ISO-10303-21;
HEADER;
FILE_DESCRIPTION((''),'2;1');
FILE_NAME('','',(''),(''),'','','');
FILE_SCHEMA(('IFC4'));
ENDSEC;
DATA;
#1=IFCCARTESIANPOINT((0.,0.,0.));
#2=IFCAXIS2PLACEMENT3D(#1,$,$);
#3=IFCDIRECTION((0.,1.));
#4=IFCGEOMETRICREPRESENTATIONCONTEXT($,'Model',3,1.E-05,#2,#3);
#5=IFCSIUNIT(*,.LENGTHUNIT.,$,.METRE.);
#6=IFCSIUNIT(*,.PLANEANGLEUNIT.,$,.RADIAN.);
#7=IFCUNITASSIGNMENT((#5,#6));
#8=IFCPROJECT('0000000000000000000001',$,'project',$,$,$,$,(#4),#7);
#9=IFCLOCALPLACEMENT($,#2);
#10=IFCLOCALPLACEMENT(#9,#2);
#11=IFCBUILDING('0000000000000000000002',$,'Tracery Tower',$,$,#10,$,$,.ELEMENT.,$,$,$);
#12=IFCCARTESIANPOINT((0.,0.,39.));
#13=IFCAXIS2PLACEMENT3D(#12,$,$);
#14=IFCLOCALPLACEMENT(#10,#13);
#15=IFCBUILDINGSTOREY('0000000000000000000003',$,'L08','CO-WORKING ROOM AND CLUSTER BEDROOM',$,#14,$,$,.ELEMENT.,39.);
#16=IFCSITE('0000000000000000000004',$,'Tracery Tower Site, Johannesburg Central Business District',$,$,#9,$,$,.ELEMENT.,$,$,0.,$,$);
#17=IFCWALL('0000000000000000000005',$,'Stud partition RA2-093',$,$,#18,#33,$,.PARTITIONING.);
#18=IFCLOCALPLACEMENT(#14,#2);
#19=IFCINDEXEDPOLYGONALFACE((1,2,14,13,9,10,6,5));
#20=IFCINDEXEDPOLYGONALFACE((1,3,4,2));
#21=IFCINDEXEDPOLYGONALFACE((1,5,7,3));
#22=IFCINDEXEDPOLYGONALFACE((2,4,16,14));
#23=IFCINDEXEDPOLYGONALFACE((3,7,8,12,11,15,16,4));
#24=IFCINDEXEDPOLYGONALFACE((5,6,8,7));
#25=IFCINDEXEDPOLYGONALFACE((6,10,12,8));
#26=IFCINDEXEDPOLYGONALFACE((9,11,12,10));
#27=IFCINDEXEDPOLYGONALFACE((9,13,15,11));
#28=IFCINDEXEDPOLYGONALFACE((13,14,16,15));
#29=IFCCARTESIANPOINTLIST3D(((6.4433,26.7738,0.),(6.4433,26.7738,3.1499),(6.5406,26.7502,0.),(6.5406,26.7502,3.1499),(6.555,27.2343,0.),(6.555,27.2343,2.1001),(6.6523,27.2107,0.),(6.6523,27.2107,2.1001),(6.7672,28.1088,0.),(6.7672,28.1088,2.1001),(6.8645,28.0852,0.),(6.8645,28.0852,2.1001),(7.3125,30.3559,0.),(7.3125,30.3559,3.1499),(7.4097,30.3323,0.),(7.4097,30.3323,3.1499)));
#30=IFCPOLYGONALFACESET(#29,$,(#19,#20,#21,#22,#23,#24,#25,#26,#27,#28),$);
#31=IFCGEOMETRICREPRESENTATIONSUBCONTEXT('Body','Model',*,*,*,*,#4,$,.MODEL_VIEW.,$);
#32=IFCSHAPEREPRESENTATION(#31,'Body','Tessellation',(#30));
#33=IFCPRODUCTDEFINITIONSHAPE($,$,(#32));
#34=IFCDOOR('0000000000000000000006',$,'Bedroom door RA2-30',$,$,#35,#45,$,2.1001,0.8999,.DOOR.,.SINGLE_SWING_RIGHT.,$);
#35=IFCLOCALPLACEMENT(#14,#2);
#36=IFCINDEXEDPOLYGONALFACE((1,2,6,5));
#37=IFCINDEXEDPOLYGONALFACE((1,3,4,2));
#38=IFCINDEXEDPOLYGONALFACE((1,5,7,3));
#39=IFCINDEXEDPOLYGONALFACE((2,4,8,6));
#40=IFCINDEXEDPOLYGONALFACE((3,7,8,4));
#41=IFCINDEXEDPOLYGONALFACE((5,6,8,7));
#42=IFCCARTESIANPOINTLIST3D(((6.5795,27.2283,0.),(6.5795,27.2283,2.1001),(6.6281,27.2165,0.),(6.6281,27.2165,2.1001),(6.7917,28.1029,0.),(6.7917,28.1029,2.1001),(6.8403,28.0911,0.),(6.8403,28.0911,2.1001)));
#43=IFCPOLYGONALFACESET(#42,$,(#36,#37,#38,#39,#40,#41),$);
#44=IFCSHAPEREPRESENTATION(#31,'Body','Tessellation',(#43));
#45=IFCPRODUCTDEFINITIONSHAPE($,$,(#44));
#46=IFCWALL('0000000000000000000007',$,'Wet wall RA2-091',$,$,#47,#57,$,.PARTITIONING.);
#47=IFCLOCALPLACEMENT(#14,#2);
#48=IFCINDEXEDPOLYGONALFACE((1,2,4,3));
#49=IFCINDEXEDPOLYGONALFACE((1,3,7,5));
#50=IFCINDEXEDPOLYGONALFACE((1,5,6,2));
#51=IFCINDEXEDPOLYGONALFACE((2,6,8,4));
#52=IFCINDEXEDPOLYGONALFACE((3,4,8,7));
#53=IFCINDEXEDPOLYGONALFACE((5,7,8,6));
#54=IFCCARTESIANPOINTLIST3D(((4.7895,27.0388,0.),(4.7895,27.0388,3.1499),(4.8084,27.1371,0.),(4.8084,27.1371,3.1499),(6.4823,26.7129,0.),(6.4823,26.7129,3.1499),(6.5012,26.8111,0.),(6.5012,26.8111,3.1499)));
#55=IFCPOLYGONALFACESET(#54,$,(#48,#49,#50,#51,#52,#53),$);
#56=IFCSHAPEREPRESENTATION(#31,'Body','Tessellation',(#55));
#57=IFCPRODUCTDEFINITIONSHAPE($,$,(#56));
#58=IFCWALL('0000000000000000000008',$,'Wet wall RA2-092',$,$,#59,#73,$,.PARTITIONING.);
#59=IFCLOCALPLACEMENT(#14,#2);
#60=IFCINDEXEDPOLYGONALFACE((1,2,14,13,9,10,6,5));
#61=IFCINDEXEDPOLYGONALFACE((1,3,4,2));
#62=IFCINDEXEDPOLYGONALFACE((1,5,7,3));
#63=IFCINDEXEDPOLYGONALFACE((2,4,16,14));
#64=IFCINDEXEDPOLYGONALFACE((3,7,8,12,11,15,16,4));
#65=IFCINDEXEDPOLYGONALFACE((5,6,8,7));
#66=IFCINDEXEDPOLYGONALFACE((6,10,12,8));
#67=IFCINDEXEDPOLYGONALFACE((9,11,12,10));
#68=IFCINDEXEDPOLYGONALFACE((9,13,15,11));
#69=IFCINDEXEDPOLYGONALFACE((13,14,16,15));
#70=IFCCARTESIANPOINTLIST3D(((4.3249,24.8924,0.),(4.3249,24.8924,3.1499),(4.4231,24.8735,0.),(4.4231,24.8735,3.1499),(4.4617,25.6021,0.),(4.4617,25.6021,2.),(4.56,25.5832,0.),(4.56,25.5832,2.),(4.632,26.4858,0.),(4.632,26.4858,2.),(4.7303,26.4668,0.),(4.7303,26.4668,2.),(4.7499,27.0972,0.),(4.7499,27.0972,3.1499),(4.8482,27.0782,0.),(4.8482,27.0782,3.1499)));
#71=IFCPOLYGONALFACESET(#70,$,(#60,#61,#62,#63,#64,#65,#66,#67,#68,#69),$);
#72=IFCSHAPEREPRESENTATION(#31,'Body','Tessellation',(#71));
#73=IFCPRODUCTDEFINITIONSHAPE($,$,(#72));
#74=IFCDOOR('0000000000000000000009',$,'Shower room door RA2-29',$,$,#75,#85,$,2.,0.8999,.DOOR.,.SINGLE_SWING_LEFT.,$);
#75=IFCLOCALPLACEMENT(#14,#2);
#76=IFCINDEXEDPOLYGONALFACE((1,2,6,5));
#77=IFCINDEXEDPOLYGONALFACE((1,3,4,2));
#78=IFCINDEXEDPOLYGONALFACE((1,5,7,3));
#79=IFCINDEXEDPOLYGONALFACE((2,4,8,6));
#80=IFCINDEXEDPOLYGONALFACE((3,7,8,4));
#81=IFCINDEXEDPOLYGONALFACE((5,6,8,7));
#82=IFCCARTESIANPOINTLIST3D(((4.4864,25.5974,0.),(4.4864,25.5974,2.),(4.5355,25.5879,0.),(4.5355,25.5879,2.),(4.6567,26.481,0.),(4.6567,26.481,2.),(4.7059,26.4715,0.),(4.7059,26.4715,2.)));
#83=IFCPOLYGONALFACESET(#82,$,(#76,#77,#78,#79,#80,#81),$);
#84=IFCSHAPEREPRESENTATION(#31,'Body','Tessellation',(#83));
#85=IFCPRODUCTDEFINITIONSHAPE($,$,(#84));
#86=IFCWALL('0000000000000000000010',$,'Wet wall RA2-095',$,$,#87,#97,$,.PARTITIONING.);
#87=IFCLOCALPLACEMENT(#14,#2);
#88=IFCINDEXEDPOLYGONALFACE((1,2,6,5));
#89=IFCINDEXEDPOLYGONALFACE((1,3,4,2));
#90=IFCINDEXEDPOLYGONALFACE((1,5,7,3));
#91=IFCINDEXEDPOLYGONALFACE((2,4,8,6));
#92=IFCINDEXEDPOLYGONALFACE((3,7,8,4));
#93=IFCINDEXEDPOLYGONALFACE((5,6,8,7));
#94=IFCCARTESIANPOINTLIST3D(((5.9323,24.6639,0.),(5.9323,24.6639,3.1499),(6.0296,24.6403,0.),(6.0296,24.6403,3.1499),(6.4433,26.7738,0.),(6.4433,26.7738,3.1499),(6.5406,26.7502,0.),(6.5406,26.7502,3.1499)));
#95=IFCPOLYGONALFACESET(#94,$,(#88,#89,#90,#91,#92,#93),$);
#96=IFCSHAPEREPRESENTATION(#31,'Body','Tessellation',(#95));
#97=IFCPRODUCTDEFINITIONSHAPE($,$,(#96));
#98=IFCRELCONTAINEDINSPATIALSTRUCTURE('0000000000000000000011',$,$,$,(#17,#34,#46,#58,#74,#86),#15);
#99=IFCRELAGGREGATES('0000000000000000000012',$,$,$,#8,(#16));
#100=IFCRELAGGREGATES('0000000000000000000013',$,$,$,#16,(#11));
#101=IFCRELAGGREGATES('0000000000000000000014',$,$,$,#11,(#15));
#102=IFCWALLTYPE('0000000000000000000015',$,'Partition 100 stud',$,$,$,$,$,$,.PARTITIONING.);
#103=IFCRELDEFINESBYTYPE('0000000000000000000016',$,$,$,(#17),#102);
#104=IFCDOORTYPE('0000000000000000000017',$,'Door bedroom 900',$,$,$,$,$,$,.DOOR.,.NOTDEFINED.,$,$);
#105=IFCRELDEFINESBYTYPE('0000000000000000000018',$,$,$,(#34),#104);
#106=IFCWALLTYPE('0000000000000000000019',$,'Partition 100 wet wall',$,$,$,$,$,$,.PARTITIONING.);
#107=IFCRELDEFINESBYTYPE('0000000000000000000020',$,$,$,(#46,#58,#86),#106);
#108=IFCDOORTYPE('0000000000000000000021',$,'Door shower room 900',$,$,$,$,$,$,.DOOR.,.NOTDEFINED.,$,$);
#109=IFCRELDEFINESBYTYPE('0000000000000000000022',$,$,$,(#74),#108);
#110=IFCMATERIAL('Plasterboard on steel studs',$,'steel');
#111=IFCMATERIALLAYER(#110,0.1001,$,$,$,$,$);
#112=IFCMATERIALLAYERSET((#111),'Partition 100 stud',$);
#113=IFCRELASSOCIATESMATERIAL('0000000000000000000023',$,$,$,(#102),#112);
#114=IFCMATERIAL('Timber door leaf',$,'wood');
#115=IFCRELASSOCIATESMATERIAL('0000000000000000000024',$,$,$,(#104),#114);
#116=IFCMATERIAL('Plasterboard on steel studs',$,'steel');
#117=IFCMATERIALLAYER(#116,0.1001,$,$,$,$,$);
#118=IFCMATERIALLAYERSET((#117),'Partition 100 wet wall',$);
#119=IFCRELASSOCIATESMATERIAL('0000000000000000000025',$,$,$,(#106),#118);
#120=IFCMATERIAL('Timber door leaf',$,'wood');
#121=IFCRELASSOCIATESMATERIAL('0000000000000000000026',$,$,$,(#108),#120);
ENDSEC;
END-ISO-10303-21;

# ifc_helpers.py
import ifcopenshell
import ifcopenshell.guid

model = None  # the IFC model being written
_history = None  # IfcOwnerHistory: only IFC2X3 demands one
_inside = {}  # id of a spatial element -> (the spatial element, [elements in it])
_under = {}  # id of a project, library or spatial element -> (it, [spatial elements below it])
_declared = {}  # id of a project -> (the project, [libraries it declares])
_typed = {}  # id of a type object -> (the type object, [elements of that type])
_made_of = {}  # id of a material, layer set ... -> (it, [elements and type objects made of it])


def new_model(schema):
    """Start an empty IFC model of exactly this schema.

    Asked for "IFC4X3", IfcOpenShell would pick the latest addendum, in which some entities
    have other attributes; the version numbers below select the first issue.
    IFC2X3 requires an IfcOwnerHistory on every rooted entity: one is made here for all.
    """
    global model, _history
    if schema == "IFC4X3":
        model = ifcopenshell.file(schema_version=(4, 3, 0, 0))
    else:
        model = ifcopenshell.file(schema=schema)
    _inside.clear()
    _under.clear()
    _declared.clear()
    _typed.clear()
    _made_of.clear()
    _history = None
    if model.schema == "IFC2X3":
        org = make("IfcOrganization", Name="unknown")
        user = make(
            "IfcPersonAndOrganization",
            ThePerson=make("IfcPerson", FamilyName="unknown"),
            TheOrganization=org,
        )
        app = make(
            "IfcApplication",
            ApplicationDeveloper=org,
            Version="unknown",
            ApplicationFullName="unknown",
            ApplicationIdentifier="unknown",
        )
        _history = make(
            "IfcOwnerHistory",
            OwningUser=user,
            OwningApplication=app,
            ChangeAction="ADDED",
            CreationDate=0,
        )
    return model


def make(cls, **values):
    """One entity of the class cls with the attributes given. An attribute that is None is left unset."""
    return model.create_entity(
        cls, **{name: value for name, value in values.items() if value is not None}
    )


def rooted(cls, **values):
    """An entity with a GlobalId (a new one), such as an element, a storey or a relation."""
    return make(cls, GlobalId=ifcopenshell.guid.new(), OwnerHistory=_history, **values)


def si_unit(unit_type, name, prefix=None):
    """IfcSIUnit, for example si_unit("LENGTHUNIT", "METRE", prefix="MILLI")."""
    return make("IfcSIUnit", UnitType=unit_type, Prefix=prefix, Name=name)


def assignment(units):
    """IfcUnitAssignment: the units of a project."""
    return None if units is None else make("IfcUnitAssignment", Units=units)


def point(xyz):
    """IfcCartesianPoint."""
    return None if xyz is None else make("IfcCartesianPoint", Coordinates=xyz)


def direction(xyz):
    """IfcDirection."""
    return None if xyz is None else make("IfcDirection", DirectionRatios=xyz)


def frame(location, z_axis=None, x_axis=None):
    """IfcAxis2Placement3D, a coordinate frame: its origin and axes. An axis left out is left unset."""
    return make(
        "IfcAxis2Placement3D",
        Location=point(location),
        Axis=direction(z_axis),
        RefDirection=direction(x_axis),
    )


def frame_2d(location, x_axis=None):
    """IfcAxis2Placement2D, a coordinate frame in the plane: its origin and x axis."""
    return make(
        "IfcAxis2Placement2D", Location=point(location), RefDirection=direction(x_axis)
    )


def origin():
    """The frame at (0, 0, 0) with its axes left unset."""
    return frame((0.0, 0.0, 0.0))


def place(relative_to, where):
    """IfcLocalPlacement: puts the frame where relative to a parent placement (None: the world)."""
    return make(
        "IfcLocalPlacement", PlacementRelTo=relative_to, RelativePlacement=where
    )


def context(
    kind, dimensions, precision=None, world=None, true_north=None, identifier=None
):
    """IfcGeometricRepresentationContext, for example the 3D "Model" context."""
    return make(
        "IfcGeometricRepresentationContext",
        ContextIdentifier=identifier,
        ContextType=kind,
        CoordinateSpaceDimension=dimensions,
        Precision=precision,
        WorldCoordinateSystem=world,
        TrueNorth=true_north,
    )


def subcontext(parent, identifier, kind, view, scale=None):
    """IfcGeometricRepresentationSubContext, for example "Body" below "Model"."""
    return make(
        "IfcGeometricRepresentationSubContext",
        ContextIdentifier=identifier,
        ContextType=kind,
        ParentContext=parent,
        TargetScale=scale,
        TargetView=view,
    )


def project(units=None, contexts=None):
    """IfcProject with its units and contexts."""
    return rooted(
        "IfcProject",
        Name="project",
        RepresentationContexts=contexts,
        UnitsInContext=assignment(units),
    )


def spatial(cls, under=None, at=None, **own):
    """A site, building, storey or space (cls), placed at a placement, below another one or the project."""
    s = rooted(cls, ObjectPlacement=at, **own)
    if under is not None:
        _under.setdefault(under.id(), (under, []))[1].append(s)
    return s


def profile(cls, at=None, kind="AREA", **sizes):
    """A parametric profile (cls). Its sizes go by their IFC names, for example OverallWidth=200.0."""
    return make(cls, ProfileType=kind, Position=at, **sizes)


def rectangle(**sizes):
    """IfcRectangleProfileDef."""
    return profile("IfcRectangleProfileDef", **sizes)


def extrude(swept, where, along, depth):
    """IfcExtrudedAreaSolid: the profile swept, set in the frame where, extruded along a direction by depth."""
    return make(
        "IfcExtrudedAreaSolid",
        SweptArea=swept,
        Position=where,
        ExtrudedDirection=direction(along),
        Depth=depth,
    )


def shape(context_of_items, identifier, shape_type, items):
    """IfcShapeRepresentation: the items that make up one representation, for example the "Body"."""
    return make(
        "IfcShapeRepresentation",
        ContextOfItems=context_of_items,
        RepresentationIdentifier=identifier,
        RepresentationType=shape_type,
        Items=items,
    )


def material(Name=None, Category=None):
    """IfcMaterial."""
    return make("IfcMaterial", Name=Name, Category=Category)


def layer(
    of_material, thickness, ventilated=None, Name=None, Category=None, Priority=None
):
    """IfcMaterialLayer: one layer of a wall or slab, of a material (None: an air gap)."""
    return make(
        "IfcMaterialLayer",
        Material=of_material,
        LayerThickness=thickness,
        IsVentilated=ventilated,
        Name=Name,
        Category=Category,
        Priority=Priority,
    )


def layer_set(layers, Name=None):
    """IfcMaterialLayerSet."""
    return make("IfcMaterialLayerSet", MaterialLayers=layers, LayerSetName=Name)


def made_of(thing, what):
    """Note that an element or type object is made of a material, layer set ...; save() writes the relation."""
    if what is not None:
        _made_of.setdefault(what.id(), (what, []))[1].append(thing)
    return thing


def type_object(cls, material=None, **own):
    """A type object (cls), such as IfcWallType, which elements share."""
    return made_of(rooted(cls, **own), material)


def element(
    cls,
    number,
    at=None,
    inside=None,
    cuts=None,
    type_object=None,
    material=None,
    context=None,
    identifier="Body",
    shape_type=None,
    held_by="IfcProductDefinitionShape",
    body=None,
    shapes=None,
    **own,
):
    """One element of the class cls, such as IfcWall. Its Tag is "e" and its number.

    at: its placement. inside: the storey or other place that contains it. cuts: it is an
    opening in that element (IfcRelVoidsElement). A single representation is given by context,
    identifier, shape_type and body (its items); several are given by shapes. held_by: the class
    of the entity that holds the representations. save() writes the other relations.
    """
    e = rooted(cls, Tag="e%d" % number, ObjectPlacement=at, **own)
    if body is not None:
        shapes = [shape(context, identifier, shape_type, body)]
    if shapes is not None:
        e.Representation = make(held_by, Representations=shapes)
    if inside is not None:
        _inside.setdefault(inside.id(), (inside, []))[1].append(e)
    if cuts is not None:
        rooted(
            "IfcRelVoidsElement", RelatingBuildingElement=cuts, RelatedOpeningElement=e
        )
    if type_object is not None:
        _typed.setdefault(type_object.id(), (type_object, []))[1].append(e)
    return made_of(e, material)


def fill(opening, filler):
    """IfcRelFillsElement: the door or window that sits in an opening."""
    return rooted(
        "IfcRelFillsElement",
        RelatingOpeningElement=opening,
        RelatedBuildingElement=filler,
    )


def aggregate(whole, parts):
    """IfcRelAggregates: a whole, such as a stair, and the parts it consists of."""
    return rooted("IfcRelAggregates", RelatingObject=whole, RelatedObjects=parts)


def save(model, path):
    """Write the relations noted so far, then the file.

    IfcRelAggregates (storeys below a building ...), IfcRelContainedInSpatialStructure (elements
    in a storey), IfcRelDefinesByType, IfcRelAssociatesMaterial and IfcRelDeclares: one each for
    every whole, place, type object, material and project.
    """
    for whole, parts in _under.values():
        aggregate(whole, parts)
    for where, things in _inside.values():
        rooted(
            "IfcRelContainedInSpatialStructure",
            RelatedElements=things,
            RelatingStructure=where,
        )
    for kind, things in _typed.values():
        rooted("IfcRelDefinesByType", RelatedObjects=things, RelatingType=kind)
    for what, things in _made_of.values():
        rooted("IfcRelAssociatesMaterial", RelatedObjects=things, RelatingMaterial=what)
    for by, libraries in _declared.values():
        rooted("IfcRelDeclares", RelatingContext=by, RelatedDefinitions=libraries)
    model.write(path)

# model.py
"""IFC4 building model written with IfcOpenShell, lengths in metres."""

from ifc_helpers import new_model, si_unit, direction, frame, frame_2d, origin, place, context, subcontext, project, spatial, rectangle, extrude, material, layer, layer_set, type_object, element, fill, save


model = new_model("IFC4")

# Units and contexts
model_context = context("Model", 3, precision=1e-05, world=origin(), true_north=direction((0.0, 1.0)))
body_context = subcontext(model_context, "Body", "Model", "MODEL_VIEW")
ifc_project = project(units=[si_unit("LENGTHUNIT", "METRE"), si_unit("PLANEANGLEUNIT", "RADIAN")], contexts=[model_context])

# Site, building, storey
site_placement = place(None, origin())
site = spatial("IfcSite", under=ifc_project, at=site_placement, Name="Tracery Tower Site, Johannesburg Central Business District", CompositionType="ELEMENT", RefElevation=0.0)
building_placement = place(site_placement, origin())
building = spatial("IfcBuilding", under=site, at=building_placement, Name="Tracery Tower", CompositionType="ELEMENT")
storey_placement = place(building_placement, frame((0.0, 0.0, 39.0)))
storey = spatial("IfcBuildingStorey", under=building, at=storey_placement, Name="L08", Description="CO-WORKING ROOM AND CLUSTER BEDROOM", CompositionType="ELEMENT", Elevation=39.0)

# Wall, opening, door
ifc_material_1 = material(Name="Plasterboard on steel studs", Category="steel")
ifc_layer_1 = layer(ifc_material_1, 0.1001)
ifc_layer_set_1 = layer_set([ifc_layer_1], Name="Partition 100 stud")
wall_type_1 = type_object("IfcWallType", Name="Partition 100 stud", PredefinedType="PARTITIONING", material=ifc_layer_set_1)
wall_1_placement = place(storey_placement, frame((6.4919, 26.762, 0.0), z_axis=(0.0, 0.0, 1.0), x_axis=(0.235797, 0.971802, 0.0)))
wall_1 = element("IfcWall", 1, at=wall_1_placement, inside=storey, type_object=wall_type_1, Name="Stud partition RA2-093", PredefinedType="PARTITIONING", context=body_context, shape_type="SweptSolid", body=[
    extrude(rectangle(XDim=3.686, YDim=0.1001, at=frame_2d((1.843, 0.0))), origin(), (0.0, 0.0, 1.0), 3.1499),
])
opening_1_placement = place(wall_1_placement, frame((0.4739, 0.0, 0.0)))
opening_1 = element("IfcOpeningElement", 2, at=opening_1_placement, cuts=wall_1, PredefinedType="OPENING", context=body_context, shape_type="SweptSolid", body=[
    extrude(rectangle(XDim=0.8999, YDim=2.1001, at=frame_2d((0.45, 1.05))), frame((0.0, 0.05, 0.0), z_axis=(0.0, -1.0, 0.0), x_axis=(1.0, 0.0, 0.0)), (0.0, 0.0, 1.0), 0.1001),
])
ifc_material_2 = material(Name="Timber door leaf", Category="wood")
door_type_1 = type_object("IfcDoorType", Name="Door bedroom 900", OperationType="NOTDEFINED", PredefinedType="DOOR", material=ifc_material_2)
door_1_placement = place(opening_1_placement, origin())
door_1 = element("IfcDoor", 3, at=door_1_placement, inside=storey, type_object=door_type_1, Name="Bedroom door RA2-30", OperationType="SINGLE_SWING_RIGHT", OverallHeight=2.1001, OverallWidth=0.8999, PredefinedType="DOOR", context=body_context, shape_type="SweptSolid", body=[
    extrude(rectangle(XDim=0.8999, YDim=2.1001, at=frame_2d((0.45, 1.05))), frame((0.0, 0.0249, 0.0), z_axis=(0.0, -1.0, 0.0), x_axis=(1.0, 0.0, 0.0)), (0.0, 0.0, 1.0), 0.05),
])
fill(opening_1, door_1)

# Wall
ifc_material_3 = material(Name="Plasterboard on steel studs", Category="steel")
ifc_layer_2 = layer(ifc_material_3, 0.1001)
ifc_layer_set_2 = layer_set([ifc_layer_2], Name="Partition 100 wet wall")
wall_type_2 = type_object("IfcWallType", Name="Partition 100 wet wall", PredefinedType="PARTITIONING", material=ifc_layer_set_2)
wall_2_placement = place(storey_placement, frame((4.7991, 27.0879, 0.0), z_axis=(0.0, 0.0, 1.0), x_axis=(0.981966, -0.189057, 0.0)))
element("IfcWall", 4, at=wall_2_placement, inside=storey, type_object=wall_type_2, Name="Wet wall RA2-091", PredefinedType="PARTITIONING", context=body_context, shape_type="SweptSolid", body=[
    extrude(rectangle(XDim=1.7239, YDim=0.1001, at=frame_2d((0.8618, 0.0))), origin(), (0.0, 0.0, 1.0), 3.1499),
])

# Wall, opening, door
wall_3_placement = place(storey_placement, frame((4.374, 24.8831, 0.0), z_axis=(0.0, 0.0, 1.0), x_axis=(0.189295, 0.98192, 0.0)))
wall_3 = element("IfcWall", 5, at=wall_3_placement, inside=storey, type_object=wall_type_2, Name="Wet wall RA2-092", PredefinedType="PARTITIONING", context=body_context, shape_type="SweptSolid", body=[
    extrude(rectangle(XDim=2.2454, YDim=0.1001, at=frame_2d((1.1226, 0.0))), origin(), (0.0, 0.0, 1.0), 3.1499),
])
opening_2_placement = place(wall_3_placement, frame((0.7227, 0.0, 0.0)))
opening_2 = element("IfcOpeningElement", 6, at=opening_2_placement, cuts=wall_3, PredefinedType="OPENING", context=body_context, shape_type="SweptSolid", body=[
    extrude(rectangle(XDim=0.8999, YDim=2.0, at=frame_2d((0.45, 1.0))), frame((0.0, 0.05, 0.0), z_axis=(0.0, -1.0, 0.0), x_axis=(1.0, 0.0, 0.0)), (0.0, 0.0, 1.0), 0.1001),
])
ifc_material_4 = material(Name="Timber door leaf", Category="wood")
door_type_2 = type_object("IfcDoorType", Name="Door shower room 900", OperationType="NOTDEFINED", PredefinedType="DOOR", material=ifc_material_4)
door_2_placement = place(opening_2_placement, origin())
door_2 = element("IfcDoor", 7, at=door_2_placement, inside=storey, type_object=door_type_2, Name="Shower room door RA2-29", OperationType="SINGLE_SWING_LEFT", OverallHeight=2.0, OverallWidth=0.8999, PredefinedType="DOOR", context=body_context, shape_type="SweptSolid", body=[
    extrude(rectangle(XDim=0.8999, YDim=2.0, at=frame_2d((0.45, 1.0))), frame((0.0, 0.0249, 0.0), z_axis=(0.0, -1.0, 0.0), x_axis=(1.0, 0.0, 0.0)), (0.0, 0.0, 1.0), 0.05),
])
fill(opening_2, door_2)

# Wall
wall_4_placement = place(storey_placement, frame((5.981, 24.6521, 0.0), z_axis=(0.0, 0.0, 1.0), x_axis=(0.235384, 0.971902, 0.0)))
element("IfcWall", 8, at=wall_4_placement, inside=storey, type_object=wall_type_2, Name="Wet wall RA2-095", PredefinedType="PARTITIONING", context=body_context, shape_type="SweptSolid", body=[
    extrude(rectangle(XDim=2.1709, YDim=0.1001, at=frame_2d((1.0854, 0.0))), origin(), (0.0, 0.0, 1.0), 3.1499),
])

save(model, "model.ifc")
